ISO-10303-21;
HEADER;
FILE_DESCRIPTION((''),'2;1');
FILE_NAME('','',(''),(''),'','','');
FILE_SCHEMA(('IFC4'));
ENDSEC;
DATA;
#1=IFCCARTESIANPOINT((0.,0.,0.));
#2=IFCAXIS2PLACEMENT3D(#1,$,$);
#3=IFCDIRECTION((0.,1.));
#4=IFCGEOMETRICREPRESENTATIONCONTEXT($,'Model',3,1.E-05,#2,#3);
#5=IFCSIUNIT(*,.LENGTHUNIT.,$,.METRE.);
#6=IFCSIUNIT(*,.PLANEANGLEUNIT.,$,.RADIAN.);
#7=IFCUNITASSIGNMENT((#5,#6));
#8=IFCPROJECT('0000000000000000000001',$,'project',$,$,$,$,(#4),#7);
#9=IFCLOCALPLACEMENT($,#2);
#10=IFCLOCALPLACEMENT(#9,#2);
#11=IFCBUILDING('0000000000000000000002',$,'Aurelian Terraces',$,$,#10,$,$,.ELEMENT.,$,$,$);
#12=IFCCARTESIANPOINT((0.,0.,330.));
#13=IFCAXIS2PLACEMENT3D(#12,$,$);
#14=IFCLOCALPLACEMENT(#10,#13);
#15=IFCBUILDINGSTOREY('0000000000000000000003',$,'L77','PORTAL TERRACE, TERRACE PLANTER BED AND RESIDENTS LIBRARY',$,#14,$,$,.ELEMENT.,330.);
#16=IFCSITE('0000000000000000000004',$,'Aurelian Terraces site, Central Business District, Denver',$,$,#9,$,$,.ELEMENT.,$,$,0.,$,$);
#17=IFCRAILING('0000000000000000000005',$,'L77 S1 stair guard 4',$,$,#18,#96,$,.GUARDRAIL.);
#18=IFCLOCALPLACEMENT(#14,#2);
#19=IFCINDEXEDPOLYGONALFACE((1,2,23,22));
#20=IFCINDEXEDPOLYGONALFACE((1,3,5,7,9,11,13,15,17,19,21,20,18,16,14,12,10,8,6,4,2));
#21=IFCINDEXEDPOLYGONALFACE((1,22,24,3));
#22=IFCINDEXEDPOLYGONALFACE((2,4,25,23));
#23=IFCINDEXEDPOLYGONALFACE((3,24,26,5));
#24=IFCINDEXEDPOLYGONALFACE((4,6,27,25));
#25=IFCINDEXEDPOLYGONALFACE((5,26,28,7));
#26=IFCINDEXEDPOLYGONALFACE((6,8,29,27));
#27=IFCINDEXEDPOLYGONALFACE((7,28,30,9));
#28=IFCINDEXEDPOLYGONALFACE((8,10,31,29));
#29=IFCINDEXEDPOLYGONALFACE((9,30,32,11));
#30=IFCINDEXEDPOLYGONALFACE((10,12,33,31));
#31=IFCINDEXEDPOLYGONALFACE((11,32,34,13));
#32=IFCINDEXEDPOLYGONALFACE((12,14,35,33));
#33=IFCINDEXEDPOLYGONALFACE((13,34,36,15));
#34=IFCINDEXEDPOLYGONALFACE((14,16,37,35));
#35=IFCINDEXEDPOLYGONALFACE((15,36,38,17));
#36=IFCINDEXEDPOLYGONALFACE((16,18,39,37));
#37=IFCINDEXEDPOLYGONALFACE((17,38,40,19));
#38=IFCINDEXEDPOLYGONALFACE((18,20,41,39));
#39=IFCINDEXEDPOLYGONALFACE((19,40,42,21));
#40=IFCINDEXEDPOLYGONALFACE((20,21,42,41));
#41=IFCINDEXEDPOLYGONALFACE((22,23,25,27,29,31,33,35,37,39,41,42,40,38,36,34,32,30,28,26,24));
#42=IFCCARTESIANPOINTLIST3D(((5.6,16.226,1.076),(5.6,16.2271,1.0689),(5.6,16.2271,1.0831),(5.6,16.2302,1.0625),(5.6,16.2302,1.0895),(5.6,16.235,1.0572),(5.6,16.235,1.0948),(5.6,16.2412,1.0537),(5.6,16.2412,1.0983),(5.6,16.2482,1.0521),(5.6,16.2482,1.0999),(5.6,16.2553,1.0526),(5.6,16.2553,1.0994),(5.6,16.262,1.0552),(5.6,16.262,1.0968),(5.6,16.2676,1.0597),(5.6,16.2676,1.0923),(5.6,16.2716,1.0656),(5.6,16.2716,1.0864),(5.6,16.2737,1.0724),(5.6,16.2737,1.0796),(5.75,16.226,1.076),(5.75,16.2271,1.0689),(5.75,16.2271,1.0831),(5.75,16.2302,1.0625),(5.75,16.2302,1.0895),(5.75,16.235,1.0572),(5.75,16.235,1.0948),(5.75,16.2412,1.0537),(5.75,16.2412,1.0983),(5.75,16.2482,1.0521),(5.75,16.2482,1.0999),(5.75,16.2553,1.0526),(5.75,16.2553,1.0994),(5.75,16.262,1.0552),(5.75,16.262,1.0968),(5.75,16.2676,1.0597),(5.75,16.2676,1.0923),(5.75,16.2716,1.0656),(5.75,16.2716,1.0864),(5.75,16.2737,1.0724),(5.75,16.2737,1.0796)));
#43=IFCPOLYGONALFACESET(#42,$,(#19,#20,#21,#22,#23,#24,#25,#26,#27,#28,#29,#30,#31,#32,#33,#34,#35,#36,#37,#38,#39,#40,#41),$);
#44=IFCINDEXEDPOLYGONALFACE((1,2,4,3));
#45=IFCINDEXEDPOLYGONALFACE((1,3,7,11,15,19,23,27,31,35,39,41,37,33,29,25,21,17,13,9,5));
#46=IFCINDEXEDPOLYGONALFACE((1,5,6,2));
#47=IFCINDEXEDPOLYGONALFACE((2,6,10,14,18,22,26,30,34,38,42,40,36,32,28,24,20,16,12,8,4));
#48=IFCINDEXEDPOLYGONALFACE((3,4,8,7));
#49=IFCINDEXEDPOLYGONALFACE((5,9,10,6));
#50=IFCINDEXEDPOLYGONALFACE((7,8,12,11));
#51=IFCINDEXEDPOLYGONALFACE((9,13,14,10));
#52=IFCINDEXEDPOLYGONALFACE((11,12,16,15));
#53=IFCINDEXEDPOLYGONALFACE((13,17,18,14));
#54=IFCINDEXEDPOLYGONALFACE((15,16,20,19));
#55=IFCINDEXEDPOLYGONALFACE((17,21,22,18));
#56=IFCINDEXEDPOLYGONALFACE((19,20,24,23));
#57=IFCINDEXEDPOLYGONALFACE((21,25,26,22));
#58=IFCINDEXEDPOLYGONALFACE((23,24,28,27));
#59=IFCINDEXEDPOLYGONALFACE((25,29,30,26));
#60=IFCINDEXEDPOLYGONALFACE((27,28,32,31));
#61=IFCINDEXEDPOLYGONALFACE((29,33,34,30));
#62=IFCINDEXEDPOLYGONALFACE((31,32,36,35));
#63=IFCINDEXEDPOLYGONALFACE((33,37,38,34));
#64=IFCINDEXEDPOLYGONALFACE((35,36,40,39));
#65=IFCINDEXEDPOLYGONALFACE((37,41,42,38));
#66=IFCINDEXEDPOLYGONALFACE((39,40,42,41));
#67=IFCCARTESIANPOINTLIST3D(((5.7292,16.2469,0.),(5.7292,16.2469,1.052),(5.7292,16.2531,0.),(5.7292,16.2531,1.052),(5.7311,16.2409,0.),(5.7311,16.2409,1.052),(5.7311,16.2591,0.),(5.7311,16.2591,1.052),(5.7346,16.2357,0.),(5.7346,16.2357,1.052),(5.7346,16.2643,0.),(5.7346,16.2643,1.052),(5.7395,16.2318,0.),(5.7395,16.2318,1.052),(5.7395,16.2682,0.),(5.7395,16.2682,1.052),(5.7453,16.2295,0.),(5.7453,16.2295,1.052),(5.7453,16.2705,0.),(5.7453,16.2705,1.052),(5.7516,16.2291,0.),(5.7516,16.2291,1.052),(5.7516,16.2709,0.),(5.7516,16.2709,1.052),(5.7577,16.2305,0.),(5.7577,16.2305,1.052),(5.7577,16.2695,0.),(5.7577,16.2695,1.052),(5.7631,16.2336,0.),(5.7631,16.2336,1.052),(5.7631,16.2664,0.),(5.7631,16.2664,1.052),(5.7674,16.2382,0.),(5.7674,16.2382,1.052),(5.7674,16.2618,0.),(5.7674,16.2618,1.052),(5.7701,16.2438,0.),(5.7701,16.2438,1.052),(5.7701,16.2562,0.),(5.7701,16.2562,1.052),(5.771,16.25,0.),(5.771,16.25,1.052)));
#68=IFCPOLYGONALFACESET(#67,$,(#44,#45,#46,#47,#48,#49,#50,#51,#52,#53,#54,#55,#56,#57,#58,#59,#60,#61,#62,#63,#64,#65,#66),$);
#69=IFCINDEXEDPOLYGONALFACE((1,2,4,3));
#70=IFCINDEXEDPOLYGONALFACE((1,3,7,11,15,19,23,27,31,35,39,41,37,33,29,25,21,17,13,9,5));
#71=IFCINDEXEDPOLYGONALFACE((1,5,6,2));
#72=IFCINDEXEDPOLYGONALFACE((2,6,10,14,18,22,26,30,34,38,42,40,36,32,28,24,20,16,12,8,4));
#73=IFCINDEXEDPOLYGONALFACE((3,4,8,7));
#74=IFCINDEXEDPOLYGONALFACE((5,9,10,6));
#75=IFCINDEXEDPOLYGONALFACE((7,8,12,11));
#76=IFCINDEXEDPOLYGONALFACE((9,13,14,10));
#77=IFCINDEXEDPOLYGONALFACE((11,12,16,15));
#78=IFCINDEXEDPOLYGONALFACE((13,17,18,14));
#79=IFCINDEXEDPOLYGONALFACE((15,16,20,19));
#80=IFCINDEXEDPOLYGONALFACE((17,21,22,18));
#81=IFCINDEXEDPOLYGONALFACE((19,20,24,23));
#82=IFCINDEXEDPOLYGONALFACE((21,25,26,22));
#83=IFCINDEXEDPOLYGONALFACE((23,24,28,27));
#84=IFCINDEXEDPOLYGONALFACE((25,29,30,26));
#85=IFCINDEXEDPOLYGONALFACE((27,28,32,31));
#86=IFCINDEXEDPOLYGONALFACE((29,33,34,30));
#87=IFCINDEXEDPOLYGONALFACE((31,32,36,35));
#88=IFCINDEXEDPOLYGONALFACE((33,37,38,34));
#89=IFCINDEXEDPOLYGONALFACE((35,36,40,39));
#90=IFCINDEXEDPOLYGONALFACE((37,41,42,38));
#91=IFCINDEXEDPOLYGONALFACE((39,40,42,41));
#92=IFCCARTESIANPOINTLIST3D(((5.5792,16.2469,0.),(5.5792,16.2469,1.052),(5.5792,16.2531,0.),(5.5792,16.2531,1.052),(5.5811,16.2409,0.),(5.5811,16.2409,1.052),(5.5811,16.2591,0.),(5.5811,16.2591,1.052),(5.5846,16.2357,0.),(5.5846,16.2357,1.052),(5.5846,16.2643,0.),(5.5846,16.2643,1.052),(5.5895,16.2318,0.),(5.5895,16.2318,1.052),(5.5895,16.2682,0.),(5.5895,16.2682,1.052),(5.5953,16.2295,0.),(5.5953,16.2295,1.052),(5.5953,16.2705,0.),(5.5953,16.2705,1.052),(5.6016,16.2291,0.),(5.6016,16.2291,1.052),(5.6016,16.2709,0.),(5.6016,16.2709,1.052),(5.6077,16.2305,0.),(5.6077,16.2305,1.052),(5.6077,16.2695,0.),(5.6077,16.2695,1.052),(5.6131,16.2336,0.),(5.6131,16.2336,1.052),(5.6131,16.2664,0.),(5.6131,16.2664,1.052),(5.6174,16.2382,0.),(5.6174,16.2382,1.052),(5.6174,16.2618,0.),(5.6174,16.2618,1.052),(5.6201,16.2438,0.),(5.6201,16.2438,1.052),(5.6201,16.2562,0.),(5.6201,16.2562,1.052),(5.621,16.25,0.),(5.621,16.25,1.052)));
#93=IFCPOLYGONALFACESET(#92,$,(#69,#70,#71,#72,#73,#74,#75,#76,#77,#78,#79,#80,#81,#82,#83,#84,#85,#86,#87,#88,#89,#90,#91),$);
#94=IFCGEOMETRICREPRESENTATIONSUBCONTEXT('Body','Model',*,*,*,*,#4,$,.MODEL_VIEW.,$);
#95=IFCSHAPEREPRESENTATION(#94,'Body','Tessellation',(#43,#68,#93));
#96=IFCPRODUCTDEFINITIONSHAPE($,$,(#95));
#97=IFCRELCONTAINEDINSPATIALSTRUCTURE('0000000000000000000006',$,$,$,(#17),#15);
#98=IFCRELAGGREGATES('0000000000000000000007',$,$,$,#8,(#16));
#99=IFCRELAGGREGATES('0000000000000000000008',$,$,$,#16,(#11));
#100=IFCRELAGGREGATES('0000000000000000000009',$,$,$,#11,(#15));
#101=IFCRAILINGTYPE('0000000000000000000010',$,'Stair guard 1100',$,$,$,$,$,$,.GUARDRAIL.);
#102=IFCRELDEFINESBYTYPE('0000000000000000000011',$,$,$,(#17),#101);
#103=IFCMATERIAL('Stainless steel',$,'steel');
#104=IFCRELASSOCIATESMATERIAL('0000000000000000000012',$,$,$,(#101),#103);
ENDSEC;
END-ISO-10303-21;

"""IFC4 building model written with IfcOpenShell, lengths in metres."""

from ifc_helpers import new_model, si_unit, direction, frame, origin, origin_2d, place, context, subcontext, project, spatial, circle, extrude, source, transform, mapped, material, type_object, element, save


model = new_model("IFC4")

# Units and contexts
model_context = context("Model", 3, precision=1e-05, world=origin(), true_north=direction((0.0, 1.0)))
body_context = subcontext(model_context, "Body", "Model", "MODEL_VIEW")
ifc_project = project(units=[si_unit("LENGTHUNIT", "METRE"), si_unit("PLANEANGLEUNIT", "RADIAN")], contexts=[model_context])

# Site, building, storey
site_placement = place(None, origin())
site = spatial("IfcSite", under=ifc_project, at=site_placement, Name="Aurelian Terraces site, Central Business District, Denver", CompositionType="ELEMENT", RefElevation=0.0)
building_placement = place(site_placement, origin())
building = spatial("IfcBuilding", under=site, at=building_placement, Name="Aurelian Terraces", CompositionType="ELEMENT")
storey_placement = place(building_placement, frame((0.0, 0.0, 330.0)))
storey = spatial("IfcBuildingStorey", under=building, at=storey_placement, Name="L77", Description="PORTAL TERRACE, TERRACE PLANTER BED AND RESIDENTS LIBRARY", CompositionType="ELEMENT", Elevation=330.0)

# Railing
ifc_material_1 = material(Name="Stainless steel", Category="steel")
railing_type_1 = type_object("IfcRailingType", Name="Stair guard 1100", PredefinedType="GUARDRAIL", material=ifc_material_1)
shared_shape_1 = source(origin(), body_context, "Body", "SweptSolid", [
    extrude(circle(Radius=0.024, at=origin_2d()), frame((0.0, 0.0, 1.076), z_axis=(-1.0, 0.0, 0.0), x_axis=(0.0, -1.0, 0.0)), (0.0, 0.0, 1.0), 0.15),
    extrude(circle(Radius=0.021, at=origin_2d()), origin(), (0.0, 0.0, 1.0), 1.052),
    extrude(circle(Radius=0.021, at=origin_2d()), frame((-0.15, 0.0, 0.0)), (0.0, 0.0, 1.0), 1.052),
])
for number, where, name in (
    (1, (5.75, 16.25, 0.0), "L77 S1 stair guard 4"),
):
    element("IfcRailing", number, at=place(storey_placement, frame(where)), inside=storey, type_object=railing_type_1, Name=name, PredefinedType="GUARDRAIL", context=body_context, shape_type="MappedRepresentation", body=[
        mapped(shared_shape_1, transform((0.0, 0.0, 0.0), scale=1.0)),
    ])

save(model, "model.ifc")
